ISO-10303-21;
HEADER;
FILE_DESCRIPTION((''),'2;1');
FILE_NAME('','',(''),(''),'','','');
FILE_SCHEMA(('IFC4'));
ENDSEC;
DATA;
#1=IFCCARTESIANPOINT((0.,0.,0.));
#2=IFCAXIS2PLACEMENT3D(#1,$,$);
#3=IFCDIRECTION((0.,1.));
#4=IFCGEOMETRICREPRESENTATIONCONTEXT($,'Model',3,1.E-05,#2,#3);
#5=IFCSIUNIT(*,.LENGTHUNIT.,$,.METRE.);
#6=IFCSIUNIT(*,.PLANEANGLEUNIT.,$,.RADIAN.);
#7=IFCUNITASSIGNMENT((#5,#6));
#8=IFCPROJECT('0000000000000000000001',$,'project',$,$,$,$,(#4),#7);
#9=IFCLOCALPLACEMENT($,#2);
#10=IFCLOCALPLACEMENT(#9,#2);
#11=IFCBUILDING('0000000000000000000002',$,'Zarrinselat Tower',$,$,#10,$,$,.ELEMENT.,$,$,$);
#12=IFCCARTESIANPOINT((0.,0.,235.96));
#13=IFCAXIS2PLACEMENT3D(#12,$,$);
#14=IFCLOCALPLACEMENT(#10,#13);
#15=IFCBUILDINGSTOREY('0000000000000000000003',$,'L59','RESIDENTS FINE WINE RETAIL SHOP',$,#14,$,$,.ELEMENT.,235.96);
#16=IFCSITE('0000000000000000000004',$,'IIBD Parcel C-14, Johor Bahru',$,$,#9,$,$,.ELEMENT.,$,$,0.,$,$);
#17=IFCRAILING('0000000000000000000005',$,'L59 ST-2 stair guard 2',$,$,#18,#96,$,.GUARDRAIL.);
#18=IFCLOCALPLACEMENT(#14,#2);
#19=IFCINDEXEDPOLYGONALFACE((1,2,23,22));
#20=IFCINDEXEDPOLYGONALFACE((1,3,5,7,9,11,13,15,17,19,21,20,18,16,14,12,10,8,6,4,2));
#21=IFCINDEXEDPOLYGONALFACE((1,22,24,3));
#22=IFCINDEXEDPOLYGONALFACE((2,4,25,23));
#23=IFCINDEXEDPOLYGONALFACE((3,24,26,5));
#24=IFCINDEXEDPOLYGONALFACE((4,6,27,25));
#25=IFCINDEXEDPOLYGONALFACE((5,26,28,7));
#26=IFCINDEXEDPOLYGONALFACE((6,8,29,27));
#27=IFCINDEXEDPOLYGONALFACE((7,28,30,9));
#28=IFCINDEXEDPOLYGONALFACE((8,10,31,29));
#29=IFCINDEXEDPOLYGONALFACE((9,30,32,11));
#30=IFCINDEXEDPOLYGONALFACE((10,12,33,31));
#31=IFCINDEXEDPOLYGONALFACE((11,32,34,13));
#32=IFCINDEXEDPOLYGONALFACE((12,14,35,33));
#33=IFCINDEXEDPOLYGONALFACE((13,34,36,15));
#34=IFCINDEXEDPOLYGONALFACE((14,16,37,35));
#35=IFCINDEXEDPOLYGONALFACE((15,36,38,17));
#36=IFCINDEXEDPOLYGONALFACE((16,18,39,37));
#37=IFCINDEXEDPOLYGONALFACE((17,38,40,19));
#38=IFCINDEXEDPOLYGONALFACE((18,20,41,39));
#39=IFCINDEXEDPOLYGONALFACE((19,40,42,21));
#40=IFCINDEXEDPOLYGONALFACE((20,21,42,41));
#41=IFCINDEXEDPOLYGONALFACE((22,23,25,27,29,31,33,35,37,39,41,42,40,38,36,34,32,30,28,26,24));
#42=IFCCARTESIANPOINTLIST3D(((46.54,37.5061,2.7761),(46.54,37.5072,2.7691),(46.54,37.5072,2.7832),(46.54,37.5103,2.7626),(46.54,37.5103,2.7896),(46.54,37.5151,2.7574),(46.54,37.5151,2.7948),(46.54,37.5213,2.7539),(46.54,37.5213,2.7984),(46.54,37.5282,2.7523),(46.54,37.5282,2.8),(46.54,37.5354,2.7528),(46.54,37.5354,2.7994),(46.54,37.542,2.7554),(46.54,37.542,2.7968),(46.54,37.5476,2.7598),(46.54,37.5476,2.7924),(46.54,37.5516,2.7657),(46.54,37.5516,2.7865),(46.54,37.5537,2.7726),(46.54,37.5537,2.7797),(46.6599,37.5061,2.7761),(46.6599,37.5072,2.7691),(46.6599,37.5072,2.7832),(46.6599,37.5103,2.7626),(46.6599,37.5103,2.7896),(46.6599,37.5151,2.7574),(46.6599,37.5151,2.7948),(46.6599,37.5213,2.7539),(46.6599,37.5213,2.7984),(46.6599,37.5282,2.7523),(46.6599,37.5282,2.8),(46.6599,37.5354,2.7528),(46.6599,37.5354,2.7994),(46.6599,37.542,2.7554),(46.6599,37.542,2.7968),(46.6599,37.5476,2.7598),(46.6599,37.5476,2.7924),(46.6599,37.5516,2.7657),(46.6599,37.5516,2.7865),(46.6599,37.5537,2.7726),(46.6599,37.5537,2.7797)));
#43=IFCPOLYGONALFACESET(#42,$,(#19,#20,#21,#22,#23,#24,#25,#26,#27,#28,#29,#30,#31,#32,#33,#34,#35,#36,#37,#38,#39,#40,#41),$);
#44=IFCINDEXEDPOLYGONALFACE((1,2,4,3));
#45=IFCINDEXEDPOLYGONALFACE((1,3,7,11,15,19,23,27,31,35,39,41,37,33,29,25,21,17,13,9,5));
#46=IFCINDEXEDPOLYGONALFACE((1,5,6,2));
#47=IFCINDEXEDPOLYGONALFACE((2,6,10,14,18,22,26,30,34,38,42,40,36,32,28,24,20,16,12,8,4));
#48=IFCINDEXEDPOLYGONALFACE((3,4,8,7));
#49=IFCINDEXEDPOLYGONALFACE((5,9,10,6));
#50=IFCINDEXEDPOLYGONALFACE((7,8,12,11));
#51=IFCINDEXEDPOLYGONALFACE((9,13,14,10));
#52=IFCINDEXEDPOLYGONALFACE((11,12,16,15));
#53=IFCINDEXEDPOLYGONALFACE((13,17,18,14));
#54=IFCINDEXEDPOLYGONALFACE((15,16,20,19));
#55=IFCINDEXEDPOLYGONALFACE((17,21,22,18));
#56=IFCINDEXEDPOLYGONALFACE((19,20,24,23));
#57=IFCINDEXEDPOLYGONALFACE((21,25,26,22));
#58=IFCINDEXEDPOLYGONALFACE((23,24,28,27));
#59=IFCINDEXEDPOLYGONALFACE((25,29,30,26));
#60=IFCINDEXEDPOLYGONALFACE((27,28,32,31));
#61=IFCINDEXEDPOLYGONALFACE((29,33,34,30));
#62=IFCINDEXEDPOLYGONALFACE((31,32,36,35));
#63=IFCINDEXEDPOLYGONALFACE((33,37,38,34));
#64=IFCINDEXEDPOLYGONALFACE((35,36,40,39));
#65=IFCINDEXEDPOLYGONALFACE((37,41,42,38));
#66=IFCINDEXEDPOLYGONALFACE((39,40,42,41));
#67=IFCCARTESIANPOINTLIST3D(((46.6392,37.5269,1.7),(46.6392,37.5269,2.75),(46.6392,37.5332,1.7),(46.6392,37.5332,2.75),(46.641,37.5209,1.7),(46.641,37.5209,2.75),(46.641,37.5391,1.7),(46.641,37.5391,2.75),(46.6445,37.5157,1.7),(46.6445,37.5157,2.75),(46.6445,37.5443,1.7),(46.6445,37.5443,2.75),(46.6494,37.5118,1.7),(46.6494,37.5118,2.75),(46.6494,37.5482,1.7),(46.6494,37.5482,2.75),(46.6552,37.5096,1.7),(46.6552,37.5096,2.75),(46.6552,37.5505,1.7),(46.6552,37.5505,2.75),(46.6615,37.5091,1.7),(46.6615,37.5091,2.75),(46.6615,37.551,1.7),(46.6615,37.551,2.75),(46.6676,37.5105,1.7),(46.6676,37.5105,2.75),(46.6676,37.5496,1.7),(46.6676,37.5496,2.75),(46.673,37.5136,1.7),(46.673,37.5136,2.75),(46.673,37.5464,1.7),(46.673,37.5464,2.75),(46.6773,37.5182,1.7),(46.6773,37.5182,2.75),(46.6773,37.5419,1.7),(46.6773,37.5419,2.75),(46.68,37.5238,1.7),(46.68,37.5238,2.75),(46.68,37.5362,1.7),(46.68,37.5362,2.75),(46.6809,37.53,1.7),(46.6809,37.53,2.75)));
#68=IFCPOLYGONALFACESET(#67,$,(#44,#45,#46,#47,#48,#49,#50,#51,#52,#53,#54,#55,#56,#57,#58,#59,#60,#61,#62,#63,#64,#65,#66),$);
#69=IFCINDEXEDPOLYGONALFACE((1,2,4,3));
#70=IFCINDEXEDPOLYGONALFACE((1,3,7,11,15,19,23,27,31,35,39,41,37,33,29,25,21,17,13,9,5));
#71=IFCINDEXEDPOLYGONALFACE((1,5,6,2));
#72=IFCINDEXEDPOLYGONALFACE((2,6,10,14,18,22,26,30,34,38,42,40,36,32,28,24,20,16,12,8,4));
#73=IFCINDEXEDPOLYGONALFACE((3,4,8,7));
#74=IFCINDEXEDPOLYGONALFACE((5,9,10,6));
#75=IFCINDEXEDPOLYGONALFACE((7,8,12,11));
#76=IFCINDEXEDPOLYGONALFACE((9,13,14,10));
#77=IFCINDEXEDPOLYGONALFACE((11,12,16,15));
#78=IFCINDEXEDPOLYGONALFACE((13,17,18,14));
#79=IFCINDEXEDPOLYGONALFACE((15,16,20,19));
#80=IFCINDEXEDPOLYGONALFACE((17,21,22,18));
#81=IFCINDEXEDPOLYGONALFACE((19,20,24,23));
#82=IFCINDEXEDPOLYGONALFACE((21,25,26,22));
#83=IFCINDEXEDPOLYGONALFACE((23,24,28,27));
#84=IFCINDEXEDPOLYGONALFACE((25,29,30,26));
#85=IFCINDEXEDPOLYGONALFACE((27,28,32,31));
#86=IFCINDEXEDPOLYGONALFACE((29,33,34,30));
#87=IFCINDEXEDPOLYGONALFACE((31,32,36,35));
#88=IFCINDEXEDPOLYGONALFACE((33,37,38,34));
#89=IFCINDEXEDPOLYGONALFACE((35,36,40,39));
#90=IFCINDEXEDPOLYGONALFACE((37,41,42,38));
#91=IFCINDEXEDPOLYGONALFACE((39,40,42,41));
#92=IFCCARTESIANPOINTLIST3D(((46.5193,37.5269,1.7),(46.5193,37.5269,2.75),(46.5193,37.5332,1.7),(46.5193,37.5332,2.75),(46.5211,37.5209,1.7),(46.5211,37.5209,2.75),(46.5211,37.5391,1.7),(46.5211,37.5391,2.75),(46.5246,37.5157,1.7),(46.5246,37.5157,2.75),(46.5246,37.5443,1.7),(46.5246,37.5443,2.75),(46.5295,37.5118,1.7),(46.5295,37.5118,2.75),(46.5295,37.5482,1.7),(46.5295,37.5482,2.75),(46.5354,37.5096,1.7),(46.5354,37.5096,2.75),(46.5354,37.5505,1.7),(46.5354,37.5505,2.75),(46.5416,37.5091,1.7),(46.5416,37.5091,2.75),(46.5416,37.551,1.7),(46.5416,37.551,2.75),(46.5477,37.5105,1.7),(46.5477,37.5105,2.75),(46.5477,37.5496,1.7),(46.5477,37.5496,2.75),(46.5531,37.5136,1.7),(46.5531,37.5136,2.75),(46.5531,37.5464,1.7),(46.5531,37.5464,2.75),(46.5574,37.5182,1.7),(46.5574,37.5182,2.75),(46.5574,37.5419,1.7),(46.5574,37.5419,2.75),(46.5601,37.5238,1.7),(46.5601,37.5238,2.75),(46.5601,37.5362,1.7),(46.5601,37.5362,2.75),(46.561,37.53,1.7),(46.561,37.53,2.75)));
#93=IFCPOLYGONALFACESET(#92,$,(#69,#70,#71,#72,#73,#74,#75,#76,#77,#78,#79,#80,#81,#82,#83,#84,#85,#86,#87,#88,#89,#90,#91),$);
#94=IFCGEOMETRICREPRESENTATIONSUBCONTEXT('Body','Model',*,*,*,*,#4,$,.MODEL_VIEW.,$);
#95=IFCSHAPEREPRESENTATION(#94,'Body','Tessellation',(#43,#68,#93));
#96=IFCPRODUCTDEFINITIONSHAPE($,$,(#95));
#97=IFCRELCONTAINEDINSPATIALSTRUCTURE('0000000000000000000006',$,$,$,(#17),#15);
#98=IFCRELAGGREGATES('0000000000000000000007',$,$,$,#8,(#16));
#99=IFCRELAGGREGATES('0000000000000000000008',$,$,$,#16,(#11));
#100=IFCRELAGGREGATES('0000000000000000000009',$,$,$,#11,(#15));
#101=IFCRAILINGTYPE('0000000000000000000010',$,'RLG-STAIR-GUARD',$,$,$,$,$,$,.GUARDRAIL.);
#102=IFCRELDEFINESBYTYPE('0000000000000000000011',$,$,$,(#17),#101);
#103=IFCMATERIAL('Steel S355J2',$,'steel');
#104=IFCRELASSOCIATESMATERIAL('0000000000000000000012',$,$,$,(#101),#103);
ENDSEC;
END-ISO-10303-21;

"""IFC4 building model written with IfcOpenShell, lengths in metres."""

from ifc_helpers import new_model, si_unit, direction, frame, origin, origin_2d, place, context, subcontext, project, spatial, circle, extrude, material, type_object, element, save


model = new_model("IFC4")

# Units and contexts
model_context = context("Model", 3, precision=1e-05, world=origin(), true_north=direction((0.0, 1.0)))
body_context = subcontext(model_context, "Body", "Model", "MODEL_VIEW")
ifc_project = project(units=[si_unit("LENGTHUNIT", "METRE"), si_unit("PLANEANGLEUNIT", "RADIAN")], contexts=[model_context])

# Site, building, storey
site_placement = place(None, origin())
site = spatial("IfcSite", under=ifc_project, at=site_placement, Name="IIBD Parcel C-14, Johor Bahru", CompositionType="ELEMENT", RefElevation=0.0)
building_placement = place(site_placement, origin())
building = spatial("IfcBuilding", under=site, at=building_placement, Name="Zarrinselat Tower", CompositionType="ELEMENT")
storey_placement = place(building_placement, frame((0.0, 0.0, 235.96)))
storey = spatial("IfcBuildingStorey", under=building, at=storey_placement, Name="L59", Description="RESIDENTS FINE WINE RETAIL SHOP", CompositionType="ELEMENT", Elevation=235.96)

# Railing
ifc_material_1 = material(Name="Steel S355J2", Category="steel")
railing_type = type_object("IfcRailingType", Name="RLG-STAIR-GUARD", PredefinedType="GUARDRAIL", material=ifc_material_1)
railing_1_placement = place(storey_placement, frame((46.6599, 37.53, 1.7)))
element("IfcRailing", 1, at=railing_1_placement, inside=storey, type_object=railing_type, Name="L59 ST-2 stair guard 2", PredefinedType="GUARDRAIL", context=body_context, shape_type="SweptSolid", body=[
    extrude(circle(Radius=0.0239, at=origin_2d()), frame((0.0, 0.0, 1.0762), z_axis=(-1.0, 0.0, 0.0), x_axis=(0.0, -1.0, 0.0)), (0.0, 0.0, 1.0), 0.1199),
    extrude(circle(Radius=0.021, at=origin_2d()), origin(), (0.0, 0.0, 1.0), 1.05),
    extrude(circle(Radius=0.021, at=origin_2d()), frame((-0.1199, 0.0, 0.0)), (0.0, 0.0, 1.0), 1.05),
])

save(model, "model.ifc")
